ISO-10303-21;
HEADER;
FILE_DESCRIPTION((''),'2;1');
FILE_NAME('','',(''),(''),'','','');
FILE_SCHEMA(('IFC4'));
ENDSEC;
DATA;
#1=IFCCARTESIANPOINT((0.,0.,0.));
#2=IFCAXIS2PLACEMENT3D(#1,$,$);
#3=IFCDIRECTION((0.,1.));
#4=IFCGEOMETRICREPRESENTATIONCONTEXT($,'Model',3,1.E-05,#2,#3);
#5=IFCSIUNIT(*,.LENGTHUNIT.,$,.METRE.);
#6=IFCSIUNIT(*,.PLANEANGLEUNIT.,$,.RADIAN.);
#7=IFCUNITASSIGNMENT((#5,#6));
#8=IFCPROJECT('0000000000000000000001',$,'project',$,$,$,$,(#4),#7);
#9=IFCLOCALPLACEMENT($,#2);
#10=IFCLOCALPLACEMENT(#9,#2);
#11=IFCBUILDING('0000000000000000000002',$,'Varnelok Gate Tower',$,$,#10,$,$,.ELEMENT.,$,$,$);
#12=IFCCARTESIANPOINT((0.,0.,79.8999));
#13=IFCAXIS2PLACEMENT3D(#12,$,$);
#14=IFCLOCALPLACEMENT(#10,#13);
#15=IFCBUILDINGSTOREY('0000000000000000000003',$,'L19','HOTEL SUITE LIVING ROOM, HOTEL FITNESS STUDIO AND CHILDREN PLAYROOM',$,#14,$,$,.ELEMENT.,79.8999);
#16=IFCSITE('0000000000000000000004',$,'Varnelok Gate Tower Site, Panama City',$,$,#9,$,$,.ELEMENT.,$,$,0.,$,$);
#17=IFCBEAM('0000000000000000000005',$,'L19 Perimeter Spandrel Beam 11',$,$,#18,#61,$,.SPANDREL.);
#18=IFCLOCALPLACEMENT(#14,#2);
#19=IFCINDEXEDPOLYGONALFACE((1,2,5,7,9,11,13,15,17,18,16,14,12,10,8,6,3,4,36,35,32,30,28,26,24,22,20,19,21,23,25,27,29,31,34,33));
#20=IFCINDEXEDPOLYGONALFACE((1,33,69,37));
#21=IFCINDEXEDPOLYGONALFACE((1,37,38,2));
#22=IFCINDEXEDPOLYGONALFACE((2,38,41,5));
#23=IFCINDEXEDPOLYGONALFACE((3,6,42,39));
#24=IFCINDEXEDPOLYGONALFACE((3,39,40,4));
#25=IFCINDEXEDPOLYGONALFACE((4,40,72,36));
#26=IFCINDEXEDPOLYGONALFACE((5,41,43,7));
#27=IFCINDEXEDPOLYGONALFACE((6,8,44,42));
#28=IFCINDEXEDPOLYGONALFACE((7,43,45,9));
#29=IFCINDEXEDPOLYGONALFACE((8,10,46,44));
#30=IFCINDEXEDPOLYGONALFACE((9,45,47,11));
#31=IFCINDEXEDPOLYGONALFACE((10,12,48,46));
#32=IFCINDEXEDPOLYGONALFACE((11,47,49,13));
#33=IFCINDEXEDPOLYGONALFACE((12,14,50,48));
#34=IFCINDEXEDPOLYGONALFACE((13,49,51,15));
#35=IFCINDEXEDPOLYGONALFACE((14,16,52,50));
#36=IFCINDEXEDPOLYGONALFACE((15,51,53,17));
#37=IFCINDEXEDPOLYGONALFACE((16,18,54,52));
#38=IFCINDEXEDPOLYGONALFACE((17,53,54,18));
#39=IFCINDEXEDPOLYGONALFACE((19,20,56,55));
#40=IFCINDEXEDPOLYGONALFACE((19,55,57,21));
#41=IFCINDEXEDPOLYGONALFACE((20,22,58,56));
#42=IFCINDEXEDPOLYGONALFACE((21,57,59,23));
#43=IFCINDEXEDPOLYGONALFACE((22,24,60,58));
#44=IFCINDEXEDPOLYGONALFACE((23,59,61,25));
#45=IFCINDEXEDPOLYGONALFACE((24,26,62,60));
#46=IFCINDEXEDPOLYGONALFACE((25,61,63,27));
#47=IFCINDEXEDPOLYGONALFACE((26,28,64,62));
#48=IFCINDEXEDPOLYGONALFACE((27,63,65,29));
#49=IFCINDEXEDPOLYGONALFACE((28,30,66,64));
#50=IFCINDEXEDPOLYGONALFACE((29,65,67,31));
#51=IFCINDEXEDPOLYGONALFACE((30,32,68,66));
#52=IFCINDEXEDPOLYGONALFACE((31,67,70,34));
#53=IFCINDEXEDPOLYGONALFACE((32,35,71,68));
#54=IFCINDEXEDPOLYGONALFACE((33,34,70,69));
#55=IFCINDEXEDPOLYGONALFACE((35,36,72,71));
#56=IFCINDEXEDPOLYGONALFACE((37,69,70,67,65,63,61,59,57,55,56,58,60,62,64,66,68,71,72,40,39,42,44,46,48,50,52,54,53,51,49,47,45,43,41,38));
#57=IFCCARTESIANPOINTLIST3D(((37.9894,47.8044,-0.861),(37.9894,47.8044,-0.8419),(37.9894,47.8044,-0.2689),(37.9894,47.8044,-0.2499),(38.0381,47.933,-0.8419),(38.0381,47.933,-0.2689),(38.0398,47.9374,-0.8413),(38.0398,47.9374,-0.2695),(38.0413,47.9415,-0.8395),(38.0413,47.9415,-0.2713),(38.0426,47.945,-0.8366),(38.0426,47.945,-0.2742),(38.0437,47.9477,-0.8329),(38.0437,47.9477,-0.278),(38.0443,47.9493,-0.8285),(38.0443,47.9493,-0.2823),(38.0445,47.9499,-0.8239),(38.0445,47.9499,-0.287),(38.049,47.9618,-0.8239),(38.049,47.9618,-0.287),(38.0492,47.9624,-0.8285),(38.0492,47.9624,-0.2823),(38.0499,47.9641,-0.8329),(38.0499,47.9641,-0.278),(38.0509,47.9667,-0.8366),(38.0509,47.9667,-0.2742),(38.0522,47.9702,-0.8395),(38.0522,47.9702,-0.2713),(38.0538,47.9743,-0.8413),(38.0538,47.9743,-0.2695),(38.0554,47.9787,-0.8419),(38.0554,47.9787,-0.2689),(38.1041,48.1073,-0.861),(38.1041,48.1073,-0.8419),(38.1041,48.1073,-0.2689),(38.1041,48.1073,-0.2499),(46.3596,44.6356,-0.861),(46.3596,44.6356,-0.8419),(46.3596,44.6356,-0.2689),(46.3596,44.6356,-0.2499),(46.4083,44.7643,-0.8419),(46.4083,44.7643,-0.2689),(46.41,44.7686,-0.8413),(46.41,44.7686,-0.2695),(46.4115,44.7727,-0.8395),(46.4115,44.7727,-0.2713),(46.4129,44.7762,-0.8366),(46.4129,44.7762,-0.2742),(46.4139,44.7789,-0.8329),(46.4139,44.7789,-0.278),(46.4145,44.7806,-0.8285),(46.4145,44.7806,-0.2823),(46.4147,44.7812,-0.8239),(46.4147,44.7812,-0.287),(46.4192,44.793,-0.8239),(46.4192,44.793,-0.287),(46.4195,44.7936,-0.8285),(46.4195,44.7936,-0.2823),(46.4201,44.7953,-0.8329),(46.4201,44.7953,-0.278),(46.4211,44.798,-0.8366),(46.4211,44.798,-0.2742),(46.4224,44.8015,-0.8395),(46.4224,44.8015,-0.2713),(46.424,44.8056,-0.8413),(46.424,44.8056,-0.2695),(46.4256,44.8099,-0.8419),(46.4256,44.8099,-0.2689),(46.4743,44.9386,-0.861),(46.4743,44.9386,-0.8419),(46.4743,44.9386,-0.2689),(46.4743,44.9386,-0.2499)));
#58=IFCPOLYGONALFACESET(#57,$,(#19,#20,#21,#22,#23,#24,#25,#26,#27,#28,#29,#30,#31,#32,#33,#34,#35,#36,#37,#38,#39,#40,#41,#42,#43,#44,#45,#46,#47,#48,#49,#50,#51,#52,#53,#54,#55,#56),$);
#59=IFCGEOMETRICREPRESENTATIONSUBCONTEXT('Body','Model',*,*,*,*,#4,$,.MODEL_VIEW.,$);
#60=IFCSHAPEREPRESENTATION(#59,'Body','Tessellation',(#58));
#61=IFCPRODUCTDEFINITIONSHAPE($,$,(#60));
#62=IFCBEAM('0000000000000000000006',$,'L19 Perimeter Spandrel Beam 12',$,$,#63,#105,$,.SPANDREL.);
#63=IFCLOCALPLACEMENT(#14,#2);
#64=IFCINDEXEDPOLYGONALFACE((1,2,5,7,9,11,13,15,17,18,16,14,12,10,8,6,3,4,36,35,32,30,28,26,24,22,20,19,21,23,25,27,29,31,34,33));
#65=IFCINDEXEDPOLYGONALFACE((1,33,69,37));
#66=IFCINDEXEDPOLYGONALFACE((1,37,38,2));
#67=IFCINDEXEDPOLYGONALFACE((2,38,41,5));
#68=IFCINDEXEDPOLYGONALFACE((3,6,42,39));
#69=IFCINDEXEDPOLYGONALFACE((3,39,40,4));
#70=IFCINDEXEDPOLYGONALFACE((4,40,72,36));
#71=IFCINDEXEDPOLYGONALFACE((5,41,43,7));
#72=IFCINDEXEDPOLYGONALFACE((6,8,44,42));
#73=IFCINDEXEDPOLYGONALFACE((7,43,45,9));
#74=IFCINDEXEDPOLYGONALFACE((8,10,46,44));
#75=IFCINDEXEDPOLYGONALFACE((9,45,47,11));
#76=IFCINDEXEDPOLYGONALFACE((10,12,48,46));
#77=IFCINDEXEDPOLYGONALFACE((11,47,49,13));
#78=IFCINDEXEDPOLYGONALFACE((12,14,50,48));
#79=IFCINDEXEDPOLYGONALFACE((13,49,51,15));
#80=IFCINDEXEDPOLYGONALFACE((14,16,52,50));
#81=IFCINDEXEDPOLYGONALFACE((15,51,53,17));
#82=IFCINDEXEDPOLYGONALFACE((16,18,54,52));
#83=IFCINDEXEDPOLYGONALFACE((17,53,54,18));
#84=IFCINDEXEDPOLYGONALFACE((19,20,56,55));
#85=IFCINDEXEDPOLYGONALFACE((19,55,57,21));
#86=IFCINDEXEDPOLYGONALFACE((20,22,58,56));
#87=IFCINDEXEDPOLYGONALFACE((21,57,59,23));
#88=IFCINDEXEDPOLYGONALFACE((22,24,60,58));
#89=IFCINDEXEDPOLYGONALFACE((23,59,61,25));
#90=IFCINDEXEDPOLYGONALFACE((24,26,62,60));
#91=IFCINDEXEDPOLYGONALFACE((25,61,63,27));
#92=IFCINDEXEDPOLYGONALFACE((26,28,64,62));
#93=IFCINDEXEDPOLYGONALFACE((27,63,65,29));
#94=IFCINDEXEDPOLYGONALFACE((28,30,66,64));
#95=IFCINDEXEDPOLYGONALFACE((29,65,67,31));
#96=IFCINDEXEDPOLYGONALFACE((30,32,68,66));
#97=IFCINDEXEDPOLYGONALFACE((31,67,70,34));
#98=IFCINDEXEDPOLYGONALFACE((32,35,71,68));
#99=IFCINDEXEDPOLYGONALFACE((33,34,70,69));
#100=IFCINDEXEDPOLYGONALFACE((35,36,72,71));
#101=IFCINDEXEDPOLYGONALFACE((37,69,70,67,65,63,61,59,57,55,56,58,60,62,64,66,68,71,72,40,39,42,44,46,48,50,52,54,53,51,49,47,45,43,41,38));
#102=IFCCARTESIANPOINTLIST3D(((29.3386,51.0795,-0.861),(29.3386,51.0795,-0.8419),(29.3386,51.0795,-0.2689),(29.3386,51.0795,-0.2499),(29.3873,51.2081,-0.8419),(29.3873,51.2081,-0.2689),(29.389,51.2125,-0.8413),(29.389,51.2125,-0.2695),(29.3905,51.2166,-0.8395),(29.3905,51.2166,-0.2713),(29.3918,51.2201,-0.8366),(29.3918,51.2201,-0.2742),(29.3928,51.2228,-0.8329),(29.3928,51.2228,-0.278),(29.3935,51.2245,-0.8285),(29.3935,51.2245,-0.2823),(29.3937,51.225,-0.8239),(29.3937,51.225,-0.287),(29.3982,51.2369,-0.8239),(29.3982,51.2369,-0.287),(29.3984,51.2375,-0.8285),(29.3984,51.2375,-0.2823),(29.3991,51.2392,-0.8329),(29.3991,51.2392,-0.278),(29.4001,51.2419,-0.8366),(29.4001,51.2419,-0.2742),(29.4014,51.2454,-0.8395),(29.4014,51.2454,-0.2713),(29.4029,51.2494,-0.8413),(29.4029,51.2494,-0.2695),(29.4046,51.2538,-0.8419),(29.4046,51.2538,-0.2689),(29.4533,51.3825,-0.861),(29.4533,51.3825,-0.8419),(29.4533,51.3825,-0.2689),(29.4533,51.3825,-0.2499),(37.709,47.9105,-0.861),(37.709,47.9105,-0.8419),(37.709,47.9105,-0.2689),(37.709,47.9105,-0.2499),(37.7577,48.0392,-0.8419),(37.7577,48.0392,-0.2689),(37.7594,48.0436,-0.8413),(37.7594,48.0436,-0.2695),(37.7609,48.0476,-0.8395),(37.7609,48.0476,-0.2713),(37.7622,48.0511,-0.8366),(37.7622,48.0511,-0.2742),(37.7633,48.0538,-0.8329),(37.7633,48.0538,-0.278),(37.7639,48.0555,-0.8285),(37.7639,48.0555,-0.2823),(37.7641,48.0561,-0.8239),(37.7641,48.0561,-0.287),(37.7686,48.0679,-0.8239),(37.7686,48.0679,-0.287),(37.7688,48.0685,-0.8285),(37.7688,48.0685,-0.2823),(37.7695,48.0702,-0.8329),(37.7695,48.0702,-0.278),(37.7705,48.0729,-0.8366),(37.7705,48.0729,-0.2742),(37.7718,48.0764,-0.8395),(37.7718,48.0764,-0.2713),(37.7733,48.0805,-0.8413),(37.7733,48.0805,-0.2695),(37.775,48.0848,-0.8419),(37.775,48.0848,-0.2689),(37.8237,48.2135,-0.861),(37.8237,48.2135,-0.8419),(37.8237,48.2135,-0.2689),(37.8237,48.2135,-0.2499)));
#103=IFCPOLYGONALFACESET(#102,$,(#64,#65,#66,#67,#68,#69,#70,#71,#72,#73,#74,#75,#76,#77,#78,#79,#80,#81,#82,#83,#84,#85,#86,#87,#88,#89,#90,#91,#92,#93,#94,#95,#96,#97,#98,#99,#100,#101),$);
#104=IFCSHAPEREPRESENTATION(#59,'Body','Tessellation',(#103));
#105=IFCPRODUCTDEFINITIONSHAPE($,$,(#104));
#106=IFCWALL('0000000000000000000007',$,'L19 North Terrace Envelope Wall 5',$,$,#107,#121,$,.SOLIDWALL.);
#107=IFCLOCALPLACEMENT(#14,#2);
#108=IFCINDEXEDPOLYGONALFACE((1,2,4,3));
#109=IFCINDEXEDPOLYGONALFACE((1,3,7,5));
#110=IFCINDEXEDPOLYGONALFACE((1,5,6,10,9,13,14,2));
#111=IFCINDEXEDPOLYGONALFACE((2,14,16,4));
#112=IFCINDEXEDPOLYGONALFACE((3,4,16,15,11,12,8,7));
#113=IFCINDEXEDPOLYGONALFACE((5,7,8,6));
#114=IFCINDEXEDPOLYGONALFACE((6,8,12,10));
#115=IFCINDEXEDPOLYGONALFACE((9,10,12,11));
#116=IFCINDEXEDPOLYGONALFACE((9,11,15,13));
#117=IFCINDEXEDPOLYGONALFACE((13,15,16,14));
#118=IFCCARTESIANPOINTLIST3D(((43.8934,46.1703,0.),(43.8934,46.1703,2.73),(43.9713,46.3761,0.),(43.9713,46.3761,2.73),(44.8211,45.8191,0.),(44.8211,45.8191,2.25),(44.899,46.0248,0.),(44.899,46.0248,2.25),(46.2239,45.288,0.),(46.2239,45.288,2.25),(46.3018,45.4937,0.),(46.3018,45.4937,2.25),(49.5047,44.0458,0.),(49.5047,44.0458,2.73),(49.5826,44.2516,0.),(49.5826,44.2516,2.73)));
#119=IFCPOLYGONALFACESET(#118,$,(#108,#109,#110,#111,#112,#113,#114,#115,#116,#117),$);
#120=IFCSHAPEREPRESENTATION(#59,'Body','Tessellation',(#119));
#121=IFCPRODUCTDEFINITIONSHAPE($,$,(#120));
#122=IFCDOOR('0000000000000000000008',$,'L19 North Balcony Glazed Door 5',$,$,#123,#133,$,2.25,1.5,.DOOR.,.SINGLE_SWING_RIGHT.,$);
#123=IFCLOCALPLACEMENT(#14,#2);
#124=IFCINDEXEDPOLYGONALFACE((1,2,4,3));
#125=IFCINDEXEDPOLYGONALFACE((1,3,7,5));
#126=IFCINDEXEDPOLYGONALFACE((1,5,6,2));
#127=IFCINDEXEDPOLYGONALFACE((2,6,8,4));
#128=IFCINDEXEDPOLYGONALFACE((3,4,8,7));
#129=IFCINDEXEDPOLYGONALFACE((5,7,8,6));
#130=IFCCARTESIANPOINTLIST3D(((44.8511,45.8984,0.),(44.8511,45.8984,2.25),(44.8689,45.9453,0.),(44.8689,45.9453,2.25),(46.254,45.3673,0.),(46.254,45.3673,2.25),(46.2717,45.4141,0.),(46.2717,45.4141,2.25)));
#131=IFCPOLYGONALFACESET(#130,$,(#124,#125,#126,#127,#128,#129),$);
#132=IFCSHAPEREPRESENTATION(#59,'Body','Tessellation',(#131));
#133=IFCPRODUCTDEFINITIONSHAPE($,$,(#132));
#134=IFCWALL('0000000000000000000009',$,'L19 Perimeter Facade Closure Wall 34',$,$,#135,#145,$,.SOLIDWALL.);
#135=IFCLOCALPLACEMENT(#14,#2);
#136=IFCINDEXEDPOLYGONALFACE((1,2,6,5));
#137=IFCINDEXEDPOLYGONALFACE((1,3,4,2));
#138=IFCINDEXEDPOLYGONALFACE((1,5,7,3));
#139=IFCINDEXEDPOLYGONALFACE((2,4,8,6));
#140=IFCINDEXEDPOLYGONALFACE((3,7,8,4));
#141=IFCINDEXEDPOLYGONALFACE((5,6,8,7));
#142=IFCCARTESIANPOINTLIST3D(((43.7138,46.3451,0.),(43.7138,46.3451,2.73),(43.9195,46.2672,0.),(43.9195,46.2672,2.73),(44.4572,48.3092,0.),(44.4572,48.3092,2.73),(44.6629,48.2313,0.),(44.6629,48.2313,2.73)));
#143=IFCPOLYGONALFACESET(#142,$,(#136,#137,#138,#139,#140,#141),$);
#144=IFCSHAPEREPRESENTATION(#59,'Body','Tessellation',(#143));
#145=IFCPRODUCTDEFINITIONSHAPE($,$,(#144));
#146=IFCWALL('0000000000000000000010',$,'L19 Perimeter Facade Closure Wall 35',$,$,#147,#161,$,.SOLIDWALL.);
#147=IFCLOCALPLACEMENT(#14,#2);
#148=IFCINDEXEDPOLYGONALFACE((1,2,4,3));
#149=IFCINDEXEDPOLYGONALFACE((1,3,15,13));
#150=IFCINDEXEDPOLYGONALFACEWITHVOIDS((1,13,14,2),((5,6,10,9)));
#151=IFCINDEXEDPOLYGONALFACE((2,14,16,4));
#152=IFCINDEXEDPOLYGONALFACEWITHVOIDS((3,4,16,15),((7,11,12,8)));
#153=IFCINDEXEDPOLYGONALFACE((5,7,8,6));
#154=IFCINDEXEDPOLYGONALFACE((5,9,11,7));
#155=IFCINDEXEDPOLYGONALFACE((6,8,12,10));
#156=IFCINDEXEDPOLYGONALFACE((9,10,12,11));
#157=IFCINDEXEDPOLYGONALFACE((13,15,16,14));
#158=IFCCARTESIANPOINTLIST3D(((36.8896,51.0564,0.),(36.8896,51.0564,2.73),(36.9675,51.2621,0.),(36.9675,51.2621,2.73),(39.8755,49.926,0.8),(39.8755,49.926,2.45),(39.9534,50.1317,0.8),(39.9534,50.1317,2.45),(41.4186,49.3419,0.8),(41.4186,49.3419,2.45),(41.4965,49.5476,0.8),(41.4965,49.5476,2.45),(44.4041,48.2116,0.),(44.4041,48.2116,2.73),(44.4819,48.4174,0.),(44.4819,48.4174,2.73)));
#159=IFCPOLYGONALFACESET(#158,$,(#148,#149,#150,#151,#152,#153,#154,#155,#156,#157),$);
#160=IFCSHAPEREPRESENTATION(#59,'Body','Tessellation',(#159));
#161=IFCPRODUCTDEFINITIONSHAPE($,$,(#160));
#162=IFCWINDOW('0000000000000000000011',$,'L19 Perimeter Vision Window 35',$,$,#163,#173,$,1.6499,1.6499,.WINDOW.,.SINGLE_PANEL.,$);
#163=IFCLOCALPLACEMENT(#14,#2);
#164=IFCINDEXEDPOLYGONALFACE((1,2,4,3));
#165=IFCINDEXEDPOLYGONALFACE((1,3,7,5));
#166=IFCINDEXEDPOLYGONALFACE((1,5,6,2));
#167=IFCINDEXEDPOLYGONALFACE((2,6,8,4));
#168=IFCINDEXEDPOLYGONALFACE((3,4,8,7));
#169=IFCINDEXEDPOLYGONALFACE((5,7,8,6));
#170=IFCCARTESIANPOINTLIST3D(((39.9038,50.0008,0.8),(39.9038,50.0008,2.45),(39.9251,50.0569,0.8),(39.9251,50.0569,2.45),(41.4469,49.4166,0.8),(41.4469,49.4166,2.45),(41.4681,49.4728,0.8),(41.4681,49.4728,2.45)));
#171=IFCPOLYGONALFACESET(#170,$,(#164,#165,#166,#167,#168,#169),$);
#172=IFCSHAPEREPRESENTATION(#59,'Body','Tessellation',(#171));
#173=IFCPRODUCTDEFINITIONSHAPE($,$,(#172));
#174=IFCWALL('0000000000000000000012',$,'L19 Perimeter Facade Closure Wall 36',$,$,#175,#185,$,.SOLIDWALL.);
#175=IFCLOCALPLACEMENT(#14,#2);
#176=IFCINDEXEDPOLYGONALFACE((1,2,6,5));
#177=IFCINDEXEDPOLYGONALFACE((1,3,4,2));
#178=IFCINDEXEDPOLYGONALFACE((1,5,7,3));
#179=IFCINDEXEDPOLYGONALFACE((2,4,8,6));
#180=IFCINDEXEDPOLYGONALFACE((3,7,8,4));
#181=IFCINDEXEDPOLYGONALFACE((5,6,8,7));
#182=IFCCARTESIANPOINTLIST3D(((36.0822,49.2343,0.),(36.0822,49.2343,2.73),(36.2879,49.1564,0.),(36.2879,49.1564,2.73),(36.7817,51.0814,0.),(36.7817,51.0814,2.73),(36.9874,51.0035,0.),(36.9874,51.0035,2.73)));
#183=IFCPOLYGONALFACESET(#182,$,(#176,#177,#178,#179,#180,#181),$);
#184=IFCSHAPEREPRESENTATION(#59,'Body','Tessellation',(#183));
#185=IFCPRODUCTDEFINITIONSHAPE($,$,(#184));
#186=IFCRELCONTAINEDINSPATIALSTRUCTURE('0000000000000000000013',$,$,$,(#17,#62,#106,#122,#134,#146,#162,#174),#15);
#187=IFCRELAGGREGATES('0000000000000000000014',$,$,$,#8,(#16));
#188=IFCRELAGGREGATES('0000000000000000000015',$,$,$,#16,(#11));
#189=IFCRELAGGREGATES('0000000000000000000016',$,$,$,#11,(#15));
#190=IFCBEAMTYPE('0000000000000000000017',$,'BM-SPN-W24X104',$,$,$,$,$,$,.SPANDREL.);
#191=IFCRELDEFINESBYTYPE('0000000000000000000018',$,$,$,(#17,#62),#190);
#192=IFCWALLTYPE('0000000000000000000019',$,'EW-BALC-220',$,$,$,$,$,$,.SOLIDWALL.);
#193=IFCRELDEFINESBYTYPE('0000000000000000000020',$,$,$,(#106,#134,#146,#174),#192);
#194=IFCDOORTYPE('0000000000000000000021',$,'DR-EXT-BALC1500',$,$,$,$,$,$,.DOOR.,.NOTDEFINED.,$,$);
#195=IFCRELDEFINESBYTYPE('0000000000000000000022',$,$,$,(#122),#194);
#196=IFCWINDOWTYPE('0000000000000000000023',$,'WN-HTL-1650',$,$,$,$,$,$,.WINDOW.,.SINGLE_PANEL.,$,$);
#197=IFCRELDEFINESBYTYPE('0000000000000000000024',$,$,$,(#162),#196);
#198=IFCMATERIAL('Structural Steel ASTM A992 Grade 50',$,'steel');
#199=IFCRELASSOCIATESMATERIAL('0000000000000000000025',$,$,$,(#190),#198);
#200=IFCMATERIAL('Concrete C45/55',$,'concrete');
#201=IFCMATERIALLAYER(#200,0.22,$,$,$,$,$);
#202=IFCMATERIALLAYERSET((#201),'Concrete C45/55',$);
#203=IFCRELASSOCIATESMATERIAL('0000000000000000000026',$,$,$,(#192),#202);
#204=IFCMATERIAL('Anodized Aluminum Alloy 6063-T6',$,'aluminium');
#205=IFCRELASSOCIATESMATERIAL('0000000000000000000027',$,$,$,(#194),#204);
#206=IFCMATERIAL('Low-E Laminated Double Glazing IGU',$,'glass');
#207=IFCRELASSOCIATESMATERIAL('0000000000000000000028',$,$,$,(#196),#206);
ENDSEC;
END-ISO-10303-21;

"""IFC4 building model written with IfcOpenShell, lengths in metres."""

from ifc_helpers import new_model, si_unit, direction, frame, frame_2d, origin, origin_2d, place, context, subcontext, project, spatial, rectangle, i_section, extrude, material, layer, layer_set, material_profile, profile_set, type_object, element, fill, save


model = new_model("IFC4")

# Units and contexts
model_context = context("Model", 3, precision=1e-05, world=origin(), true_north=direction((0.0, 1.0)))
body_context = subcontext(model_context, "Body", "Model", "MODEL_VIEW")
ifc_project = project(units=[si_unit("LENGTHUNIT", "METRE"), si_unit("PLANEANGLEUNIT", "RADIAN")], contexts=[model_context])

# Site, building, storey
site_placement = place(None, origin())
site = spatial("IfcSite", under=ifc_project, at=site_placement, Name="Varnelok Gate Tower Site, Panama City", CompositionType="ELEMENT", RefElevation=0.0)
building_placement = place(site_placement, origin())
building = spatial("IfcBuilding", under=site, at=building_placement, Name="Varnelok Gate Tower", CompositionType="ELEMENT")
storey_placement = place(building_placement, frame((0.0, 0.0, 79.8999)))
storey = spatial("IfcBuildingStorey", under=building, at=storey_placement, Name="L19", Description="HOTEL SUITE LIVING ROOM, HOTEL FITNESS STUDIO AND CHILDREN PLAYROOM", CompositionType="ELEMENT", Elevation=79.8999)

# Shared definitions
ifc_material_1 = material(Name="Structural Steel ASTM A992 Grade 50", Category="steel")

# Beams
ifc_material_profile_1 = material_profile(ifc_material_1, i_section(OverallWidth=0.324, OverallDepth=0.6111, WebThickness=0.0127, FlangeThickness=0.019, FilletRadius=0.0181, at=origin_2d()), Name="W24X104")
ifc_profile_set_1 = profile_set([ifc_material_profile_1], Name="Structural Steel ASTM A992 Grade 50")
beam_type_1 = type_object("IfcBeamType", Name="BM-SPN-W24X104", PredefinedType="SPANDREL", material=ifc_profile_set_1)
beam_1_placement = place(storey_placement, frame((46.417, 44.7871, -0.5554), z_axis=(-0.935226, 0.354051, 0.0), x_axis=(-0.354051, -0.935226, 0.0)))
element("IfcBeam", 1, at=beam_1_placement, inside=storey, type_object=beam_type_1, Name="L19 Perimeter Spandrel Beam 11", PredefinedType="SPANDREL", context=body_context, shape_type="SweptSolid", body=[
    extrude(i_section(OverallWidth=0.324, OverallDepth=0.6111, WebThickness=0.0127, FlangeThickness=0.019, FilletRadius=0.0181, at=origin_2d()), origin(), (0.0, 0.0, 1.0), 8.95),
])
beam_2_placement = place(storey_placement, frame((37.7664, 48.062, -0.5554), z_axis=(-0.93522, 0.354066, 0.0), x_axis=(-0.354066, -0.93522, 0.0)))
element("IfcBeam", 2, at=beam_2_placement, inside=storey, type_object=beam_type_1, Name="L19 Perimeter Spandrel Beam 12", PredefinedType="SPANDREL", context=body_context, shape_type="SweptSolid", body=[
    extrude(i_section(OverallWidth=0.324, OverallDepth=0.6111, WebThickness=0.0127, FlangeThickness=0.019, FilletRadius=0.0181, at=origin_2d()), origin(), (0.0, 0.0, 1.0), 8.9502),
])

# Wall, opening, door
ifc_material_2 = material(Name="Concrete C45/55", Category="concrete")
ifc_layer_1 = layer(ifc_material_2, 0.22)
ifc_layer_set_1 = layer_set([ifc_layer_1], Name="Concrete C45/55")
wall_type_1 = type_object("IfcWallType", Name="EW-BALC-220", PredefinedType="SOLIDWALL", material=ifc_layer_set_1)
wall_1_placement = place(storey_placement, frame((43.9324, 46.2732, 0.0), z_axis=(0.0, 0.0, 1.0), x_axis=(0.935214, -0.354083, 0.0)))
wall_1 = element("IfcWall", 3, at=wall_1_placement, inside=storey, type_object=wall_type_1, Name="L19 North Terrace Envelope Wall 5", PredefinedType="SOLIDWALL", context=body_context, shape_type="SweptSolid", body=[
    extrude(rectangle(XDim=6.0, YDim=0.22, at=frame_2d((3.0, 0.0))), origin(), (0.0, 0.0, 1.0), 2.73),
])
opening_1_placement = place(wall_1_placement, frame((0.9919, 0.0, 0.0)))
opening_1 = element("IfcOpeningElement", 4, at=opening_1_placement, cuts=wall_1, PredefinedType="OPENING", context=body_context, shape_type="SweptSolid", body=[
    extrude(rectangle(XDim=1.5, YDim=2.25, at=frame_2d((0.75, 1.125))), frame((0.0, 0.1199, 0.0), z_axis=(0.0, -1.0, 0.0), x_axis=(1.0, 0.0, 0.0)), (0.0, 0.0, 1.0), 0.24),
])
ifc_material_3 = material(Name="Anodized Aluminum Alloy 6063-T6", Category="aluminium")
door_type_1 = type_object("IfcDoorType", Name="DR-EXT-BALC1500", OperationType="NOTDEFINED", PredefinedType="DOOR", material=ifc_material_3)
door_1_placement = place(opening_1_placement, origin())
door_1 = element("IfcDoor", 5, at=door_1_placement, inside=storey, type_object=door_type_1, Name="L19 North Balcony Glazed Door 5", OperationType="SINGLE_SWING_RIGHT", OverallHeight=2.25, OverallWidth=1.5, PredefinedType="DOOR", context=body_context, shape_type="SweptSolid", body=[
    extrude(rectangle(XDim=1.5, YDim=2.25, at=frame_2d((0.75, 1.125))), frame((0.0, 0.0249, 0.0), z_axis=(0.0, -1.0, 0.0), x_axis=(1.0, 0.0, 0.0)), (0.0, 0.0, 1.0), 0.05),
])
fill(opening_1, door_1)

# Wall
wall_2_placement = place(storey_placement, frame((43.8167, 46.3062, 0.0), z_axis=(0.0, 0.0, 1.0), x_axis=(0.353988, 0.93525, 0.0)))
element("IfcWall", 6, at=wall_2_placement, inside=storey, type_object=wall_type_1, Name="L19 Perimeter Facade Closure Wall 34", PredefinedType="SOLIDWALL", context=body_context, shape_type="SweptSolid", body=[
    extrude(rectangle(XDim=2.1001, YDim=0.22, at=frame_2d((1.05, 0.0))), origin(), (0.0, 0.0, 1.0), 2.73),
])

# Wall, opening, window
wall_3_placement = place(storey_placement, frame((44.4431, 48.3145, 0.0), z_axis=(0.0, 0.0, 1.0), x_axis=(-0.935227, 0.354049, 0.0)))
wall_3 = element("IfcWall", 7, at=wall_3_placement, inside=storey, type_object=wall_type_1, Name="L19 Perimeter Facade Closure Wall 35", PredefinedType="SOLIDWALL", context=body_context, shape_type="SweptSolid", body=[
    extrude(rectangle(XDim=8.0349, YDim=0.22, at=frame_2d((4.0176, 0.0))), origin(), (0.0, 0.0, 1.0), 2.73),
])
opening_2_placement = place(wall_3_placement, frame((3.1924, 0.0, 0.8)))
opening_2 = element("IfcOpeningElement", 8, at=opening_2_placement, cuts=wall_3, PredefinedType="OPENING", context=body_context, shape_type="SweptSolid", body=[
    extrude(rectangle(XDim=1.6499, YDim=1.6499, at=frame_2d((0.825, 0.825))), frame((0.0, 0.1199, 0.0), z_axis=(0.0, -1.0, 0.0), x_axis=(1.0, 0.0, 0.0)), (0.0, 0.0, 1.0), 0.24),
])
ifc_material_4 = material(Name="Low-E Laminated Double Glazing IGU", Category="glass")
window_type = type_object("IfcWindowType", Name="WN-HTL-1650", PartitioningType="SINGLE_PANEL", PredefinedType="WINDOW", material=ifc_material_4)
window_placement = place(opening_2_placement, origin())
window = element("IfcWindow", 9, at=window_placement, inside=storey, type_object=window_type, Name="L19 Perimeter Vision Window 35", OverallHeight=1.6499, OverallWidth=1.6499, PartitioningType="SINGLE_PANEL", PredefinedType="WINDOW", context=body_context, shape_type="SweptSolid", body=[
    extrude(rectangle(XDim=1.6499, YDim=1.6499, at=frame_2d((0.825, 0.825))), frame((0.0, 0.03, 0.0), z_axis=(0.0, -1.0, 0.0), x_axis=(1.0, 0.0, 0.0)), (0.0, 0.0, 1.0), 0.0601),
])
fill(opening_2, window)

# Wall
wall_4_placement = place(storey_placement, frame((36.8845, 51.0425, 0.0), z_axis=(0.0, 0.0, 1.0), x_axis=(-0.354129, -0.935197, 0.0)))
element("IfcWall", 10, at=wall_4_placement, inside=storey, type_object=wall_type_1, Name="L19 Perimeter Facade Closure Wall 36", PredefinedType="SOLIDWALL", context=body_context, shape_type="SweptSolid", body=[
    extrude(rectangle(XDim=1.9751, YDim=0.22, at=frame_2d((0.9875, 0.0))), origin(), (0.0, 0.0, 1.0), 2.73),
])

save(model, "model.ifc")
